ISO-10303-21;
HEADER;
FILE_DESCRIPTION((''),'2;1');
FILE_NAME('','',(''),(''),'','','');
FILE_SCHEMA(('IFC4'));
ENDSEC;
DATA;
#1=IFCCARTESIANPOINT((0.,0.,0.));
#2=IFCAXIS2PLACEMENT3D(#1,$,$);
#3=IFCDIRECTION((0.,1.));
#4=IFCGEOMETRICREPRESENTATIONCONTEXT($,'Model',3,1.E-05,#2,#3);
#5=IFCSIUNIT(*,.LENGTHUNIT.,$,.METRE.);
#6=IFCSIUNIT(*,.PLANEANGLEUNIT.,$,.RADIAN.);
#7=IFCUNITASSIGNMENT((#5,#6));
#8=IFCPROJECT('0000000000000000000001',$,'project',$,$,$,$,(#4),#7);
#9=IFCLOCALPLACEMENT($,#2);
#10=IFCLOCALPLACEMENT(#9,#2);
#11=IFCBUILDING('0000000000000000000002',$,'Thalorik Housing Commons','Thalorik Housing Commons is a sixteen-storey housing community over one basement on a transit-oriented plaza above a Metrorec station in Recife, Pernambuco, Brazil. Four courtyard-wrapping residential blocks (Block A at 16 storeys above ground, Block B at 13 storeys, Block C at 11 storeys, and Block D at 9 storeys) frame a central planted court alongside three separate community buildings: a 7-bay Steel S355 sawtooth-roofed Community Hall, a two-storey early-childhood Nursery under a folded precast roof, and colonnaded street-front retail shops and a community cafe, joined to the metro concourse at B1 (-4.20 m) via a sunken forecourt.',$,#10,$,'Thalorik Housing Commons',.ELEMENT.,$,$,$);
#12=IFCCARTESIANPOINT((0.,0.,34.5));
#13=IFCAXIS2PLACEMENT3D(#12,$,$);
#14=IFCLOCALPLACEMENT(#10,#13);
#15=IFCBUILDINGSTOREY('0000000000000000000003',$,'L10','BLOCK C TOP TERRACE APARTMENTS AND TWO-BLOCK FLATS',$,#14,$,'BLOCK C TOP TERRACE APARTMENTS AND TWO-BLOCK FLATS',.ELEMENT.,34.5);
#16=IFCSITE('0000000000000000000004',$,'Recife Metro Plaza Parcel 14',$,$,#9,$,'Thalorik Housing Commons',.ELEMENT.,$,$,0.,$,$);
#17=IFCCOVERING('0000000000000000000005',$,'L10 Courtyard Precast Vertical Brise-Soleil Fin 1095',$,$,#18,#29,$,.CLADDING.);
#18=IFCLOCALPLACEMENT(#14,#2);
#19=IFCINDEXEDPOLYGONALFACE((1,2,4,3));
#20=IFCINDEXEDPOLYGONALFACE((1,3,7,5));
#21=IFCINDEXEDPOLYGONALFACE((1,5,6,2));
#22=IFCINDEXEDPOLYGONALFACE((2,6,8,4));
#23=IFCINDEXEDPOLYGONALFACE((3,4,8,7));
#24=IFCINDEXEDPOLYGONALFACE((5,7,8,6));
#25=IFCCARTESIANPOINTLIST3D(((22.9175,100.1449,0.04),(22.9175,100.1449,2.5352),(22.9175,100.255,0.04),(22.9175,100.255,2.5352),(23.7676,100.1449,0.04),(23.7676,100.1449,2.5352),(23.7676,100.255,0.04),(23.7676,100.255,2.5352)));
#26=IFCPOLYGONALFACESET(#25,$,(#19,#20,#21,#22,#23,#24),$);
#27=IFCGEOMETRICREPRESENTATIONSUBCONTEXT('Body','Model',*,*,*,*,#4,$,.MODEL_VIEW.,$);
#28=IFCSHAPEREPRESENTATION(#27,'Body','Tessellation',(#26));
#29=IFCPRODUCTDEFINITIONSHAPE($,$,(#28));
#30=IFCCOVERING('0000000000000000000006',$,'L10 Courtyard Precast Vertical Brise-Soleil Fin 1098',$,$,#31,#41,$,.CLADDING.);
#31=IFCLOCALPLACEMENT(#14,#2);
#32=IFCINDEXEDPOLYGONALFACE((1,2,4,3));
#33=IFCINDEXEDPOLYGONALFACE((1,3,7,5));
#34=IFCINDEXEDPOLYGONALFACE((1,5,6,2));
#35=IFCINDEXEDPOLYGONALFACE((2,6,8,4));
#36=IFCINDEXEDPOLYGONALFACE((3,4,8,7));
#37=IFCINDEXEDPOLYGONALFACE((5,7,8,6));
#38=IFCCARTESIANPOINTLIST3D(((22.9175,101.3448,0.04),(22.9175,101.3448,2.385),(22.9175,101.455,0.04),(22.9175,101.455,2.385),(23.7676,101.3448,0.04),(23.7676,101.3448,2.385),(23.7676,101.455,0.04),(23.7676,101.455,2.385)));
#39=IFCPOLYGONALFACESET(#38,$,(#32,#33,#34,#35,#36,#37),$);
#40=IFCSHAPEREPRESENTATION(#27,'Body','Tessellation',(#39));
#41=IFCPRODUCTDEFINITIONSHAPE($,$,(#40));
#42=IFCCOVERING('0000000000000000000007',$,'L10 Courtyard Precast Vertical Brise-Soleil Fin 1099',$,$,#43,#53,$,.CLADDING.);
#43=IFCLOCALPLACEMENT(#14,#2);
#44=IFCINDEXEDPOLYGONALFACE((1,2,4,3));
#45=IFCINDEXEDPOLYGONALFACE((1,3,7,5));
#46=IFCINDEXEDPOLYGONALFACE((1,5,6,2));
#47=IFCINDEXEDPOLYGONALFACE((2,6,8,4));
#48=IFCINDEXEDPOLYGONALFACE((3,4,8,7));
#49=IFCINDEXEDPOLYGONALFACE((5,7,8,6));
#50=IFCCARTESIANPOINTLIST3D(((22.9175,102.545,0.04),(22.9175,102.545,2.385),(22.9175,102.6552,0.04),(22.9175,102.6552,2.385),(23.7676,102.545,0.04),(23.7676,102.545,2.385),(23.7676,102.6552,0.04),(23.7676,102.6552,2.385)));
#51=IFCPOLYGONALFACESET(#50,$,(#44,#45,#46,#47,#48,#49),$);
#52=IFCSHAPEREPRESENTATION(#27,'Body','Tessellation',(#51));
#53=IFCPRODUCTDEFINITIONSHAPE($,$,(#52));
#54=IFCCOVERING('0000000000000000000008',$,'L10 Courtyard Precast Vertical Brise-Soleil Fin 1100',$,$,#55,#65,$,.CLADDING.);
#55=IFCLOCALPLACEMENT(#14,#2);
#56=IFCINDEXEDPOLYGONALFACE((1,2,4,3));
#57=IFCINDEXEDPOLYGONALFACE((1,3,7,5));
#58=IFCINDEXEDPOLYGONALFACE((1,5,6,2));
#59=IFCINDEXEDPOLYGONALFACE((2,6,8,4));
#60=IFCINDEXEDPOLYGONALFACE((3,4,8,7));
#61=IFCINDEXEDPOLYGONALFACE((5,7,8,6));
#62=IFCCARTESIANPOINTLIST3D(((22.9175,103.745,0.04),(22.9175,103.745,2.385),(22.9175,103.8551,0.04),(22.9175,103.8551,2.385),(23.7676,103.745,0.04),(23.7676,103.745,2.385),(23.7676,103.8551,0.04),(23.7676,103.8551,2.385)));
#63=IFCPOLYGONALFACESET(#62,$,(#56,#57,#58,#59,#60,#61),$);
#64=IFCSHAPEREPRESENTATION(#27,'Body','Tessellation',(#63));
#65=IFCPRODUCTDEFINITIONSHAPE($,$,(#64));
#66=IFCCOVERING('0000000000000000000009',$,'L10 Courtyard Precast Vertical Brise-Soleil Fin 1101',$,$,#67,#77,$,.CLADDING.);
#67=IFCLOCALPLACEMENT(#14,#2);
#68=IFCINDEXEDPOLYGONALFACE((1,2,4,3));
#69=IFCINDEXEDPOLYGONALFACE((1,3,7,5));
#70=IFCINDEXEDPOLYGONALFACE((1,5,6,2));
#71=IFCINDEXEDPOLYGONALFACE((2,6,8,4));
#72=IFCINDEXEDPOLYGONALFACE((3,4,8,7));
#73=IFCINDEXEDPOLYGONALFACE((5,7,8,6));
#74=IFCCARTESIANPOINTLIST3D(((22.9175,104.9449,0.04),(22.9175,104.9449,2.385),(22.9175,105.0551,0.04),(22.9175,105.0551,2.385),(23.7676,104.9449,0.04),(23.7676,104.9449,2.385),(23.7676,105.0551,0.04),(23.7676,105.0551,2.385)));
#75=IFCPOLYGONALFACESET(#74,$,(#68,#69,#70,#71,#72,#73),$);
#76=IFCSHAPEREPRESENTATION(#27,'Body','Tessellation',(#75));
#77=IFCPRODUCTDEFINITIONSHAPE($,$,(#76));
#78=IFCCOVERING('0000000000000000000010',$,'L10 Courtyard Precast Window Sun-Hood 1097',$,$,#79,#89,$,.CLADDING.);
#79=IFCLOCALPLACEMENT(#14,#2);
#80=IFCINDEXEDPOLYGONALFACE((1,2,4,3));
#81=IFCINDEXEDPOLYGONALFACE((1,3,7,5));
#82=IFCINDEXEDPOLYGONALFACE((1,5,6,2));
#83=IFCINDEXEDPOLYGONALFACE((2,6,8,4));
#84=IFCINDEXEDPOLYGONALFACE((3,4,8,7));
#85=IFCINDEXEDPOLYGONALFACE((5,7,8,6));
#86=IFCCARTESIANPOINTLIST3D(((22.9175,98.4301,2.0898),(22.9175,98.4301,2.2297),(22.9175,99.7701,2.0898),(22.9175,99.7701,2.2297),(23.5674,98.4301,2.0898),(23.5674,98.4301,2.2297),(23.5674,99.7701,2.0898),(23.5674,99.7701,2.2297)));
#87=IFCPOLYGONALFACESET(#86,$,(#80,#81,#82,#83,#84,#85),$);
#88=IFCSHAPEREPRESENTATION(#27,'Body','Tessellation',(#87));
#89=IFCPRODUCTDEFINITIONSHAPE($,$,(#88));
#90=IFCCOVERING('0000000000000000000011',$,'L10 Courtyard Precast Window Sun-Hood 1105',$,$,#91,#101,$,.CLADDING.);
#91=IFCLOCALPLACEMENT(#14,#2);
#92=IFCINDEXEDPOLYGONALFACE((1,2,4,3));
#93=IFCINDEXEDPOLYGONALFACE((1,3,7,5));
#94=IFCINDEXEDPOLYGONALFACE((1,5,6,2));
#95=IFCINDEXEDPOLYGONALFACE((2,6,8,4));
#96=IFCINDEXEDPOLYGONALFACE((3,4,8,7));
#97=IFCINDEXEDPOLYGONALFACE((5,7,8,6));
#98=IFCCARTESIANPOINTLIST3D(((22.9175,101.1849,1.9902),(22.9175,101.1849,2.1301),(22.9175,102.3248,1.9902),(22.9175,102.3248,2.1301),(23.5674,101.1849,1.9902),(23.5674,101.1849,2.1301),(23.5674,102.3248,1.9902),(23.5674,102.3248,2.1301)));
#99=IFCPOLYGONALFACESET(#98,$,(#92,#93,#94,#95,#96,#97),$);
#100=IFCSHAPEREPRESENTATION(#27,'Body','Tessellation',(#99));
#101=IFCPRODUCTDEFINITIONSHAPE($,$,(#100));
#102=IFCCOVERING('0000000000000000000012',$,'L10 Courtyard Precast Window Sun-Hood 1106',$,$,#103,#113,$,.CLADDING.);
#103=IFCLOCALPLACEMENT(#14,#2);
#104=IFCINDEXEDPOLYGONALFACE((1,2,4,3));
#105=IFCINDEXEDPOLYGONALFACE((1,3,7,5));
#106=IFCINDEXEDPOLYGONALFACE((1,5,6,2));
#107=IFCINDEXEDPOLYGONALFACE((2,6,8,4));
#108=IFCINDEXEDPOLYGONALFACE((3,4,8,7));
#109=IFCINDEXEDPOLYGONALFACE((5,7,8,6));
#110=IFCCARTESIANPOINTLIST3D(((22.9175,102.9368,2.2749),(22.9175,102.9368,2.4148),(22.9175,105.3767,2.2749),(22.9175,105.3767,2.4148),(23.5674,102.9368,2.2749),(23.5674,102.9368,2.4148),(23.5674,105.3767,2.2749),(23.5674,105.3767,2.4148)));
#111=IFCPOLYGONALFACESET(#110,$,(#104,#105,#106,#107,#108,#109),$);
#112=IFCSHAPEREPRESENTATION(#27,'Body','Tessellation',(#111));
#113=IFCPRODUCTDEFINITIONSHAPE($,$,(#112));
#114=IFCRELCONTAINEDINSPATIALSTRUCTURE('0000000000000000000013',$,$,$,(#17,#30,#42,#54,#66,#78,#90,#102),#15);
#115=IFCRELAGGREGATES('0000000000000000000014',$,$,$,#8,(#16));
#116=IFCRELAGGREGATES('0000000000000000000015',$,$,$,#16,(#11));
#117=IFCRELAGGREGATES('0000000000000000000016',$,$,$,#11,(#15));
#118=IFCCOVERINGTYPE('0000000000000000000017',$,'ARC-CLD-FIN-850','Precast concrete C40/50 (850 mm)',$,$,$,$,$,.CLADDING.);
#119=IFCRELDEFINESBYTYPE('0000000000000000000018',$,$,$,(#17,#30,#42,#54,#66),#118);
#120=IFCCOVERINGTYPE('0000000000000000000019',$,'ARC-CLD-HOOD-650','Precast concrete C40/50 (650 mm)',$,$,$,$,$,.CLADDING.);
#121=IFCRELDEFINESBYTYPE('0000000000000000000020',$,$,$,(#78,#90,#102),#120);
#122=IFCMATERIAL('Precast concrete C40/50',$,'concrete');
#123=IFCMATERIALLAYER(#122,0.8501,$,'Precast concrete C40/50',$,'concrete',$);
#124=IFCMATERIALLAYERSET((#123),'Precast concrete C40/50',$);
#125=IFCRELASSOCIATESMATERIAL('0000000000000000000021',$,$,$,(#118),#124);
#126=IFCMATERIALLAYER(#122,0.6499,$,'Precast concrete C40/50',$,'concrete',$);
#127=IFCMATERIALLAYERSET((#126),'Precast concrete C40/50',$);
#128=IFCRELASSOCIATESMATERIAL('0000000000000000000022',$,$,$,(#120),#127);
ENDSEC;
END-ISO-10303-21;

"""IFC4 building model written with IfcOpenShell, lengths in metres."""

from ifc_helpers import new_model, si_unit, direction, frame, origin, origin_2d, place, context, subcontext, project, spatial, rectangle, extrude, material, layer, layer_set, type_object, element, save


model = new_model("IFC4")

# Units and contexts
model_context = context("Model", 3, precision=1e-05, world=origin(), true_north=direction((0.0, 1.0)))
body_context = subcontext(model_context, "Body", "Model", "MODEL_VIEW")
ifc_project = project(units=[si_unit("LENGTHUNIT", "METRE"), si_unit("PLANEANGLEUNIT", "RADIAN")], contexts=[model_context])

# Site, building, storey
site_placement = place(None, origin())
site = spatial("IfcSite", under=ifc_project, at=site_placement, Name="Recife Metro Plaza Parcel 14", LongName="Thalorik Housing Commons", CompositionType="ELEMENT", RefElevation=0.0)
building_placement = place(site_placement, origin())
building = spatial("IfcBuilding", under=site, at=building_placement, Name="Thalorik Housing Commons", Description="Thalorik Housing Commons is a sixteen-storey housing community over one basement on a transit-oriented plaza above a Metrorec station in Recife, Pernambuco, Brazil. Four courtyard-wrapping residential blocks (Block A at 16 storeys above ground, Block B at 13 storeys, Block C at 11 storeys, and Block D at 9 storeys) frame a central planted court alongside three separate community buildings: a 7-bay Steel S355 sawtooth-roofed Community Hall, a two-storey early-childhood Nursery under a folded precast roof, and colonnaded street-front retail shops and a community cafe, joined to the metro concourse at B1 (-4.20 m) via a sunken forecourt.", LongName="Thalorik Housing Commons", CompositionType="ELEMENT")
storey_placement = place(building_placement, frame((0.0, 0.0, 34.5)))
storey = spatial("IfcBuildingStorey", under=building, at=storey_placement, Name="L10", Description="BLOCK C TOP TERRACE APARTMENTS AND TWO-BLOCK FLATS", LongName="BLOCK C TOP TERRACE APARTMENTS AND TWO-BLOCK FLATS", CompositionType="ELEMENT", Elevation=34.5)

# Shared definitions
ifc_material_1 = material(Name="Precast concrete C40/50", Category="concrete")

# Coverings
ifc_layer_1 = layer(ifc_material_1, 0.8501, Name="Precast concrete C40/50", Category="concrete")
ifc_layer_set_1 = layer_set([ifc_layer_1], Name="Precast concrete C40/50")
covering_type_1 = type_object("IfcCoveringType", Name="ARC-CLD-FIN-850", Description="Precast concrete C40/50 (850 mm)", PredefinedType="CLADDING", material=ifc_layer_set_1)
for number, where, z_axis, x_axis, name in (
    (1, (23.3425, 100.2, 0.04), (0.0, 0.0, 1.0), (0.0, 1.0, 0.0), "L10 Courtyard Precast Vertical Brise-Soleil Fin 1095"),
):
    element("IfcCovering", number, at=place(storey_placement, frame(where, z_axis=z_axis, x_axis=x_axis)), inside=storey, type_object=covering_type_1, Name=name, PredefinedType="CLADDING", context=body_context, shape_type="SweptSolid", body=[
        extrude(rectangle(XDim=0.1101, YDim=0.8501, at=origin_2d()), origin(), (0.0, 0.0, 1.0), 2.4951),
    ])
for number, where, z_axis, x_axis, name in (
    (2, (23.3425, 101.3999, 0.04), (0.0, 0.0, 1.0), (0.0, 1.0, 0.0), "L10 Courtyard Precast Vertical Brise-Soleil Fin 1098"),
    (3, (23.3425, 102.6001, 0.04), (0.0, 0.0, 1.0), (0.0, 1.0, 0.0), "L10 Courtyard Precast Vertical Brise-Soleil Fin 1099"),
    (4, (23.3425, 103.8, 0.04), (0.0, 0.0, 1.0), (0.0, 1.0, 0.0), "L10 Courtyard Precast Vertical Brise-Soleil Fin 1100"),
    (5, (23.3425, 105.0, 0.04), (0.0, 0.0, 1.0), (0.0, 1.0, 0.0), "L10 Courtyard Precast Vertical Brise-Soleil Fin 1101"),
):
    element("IfcCovering", number, at=place(storey_placement, frame(where, z_axis=z_axis, x_axis=x_axis)), inside=storey, type_object=covering_type_1, Name=name, PredefinedType="CLADDING", context=body_context, shape_type="SweptSolid", body=[
        extrude(rectangle(XDim=0.1101, YDim=0.8501, at=origin_2d()), origin(), (0.0, 0.0, 1.0), 2.345),
    ])
ifc_layer_2 = layer(ifc_material_1, 0.6499, Name="Precast concrete C40/50", Category="concrete")
ifc_layer_set_2 = layer_set([ifc_layer_2], Name="Precast concrete C40/50")
covering_type_2 = type_object("IfcCoveringType", Name="ARC-CLD-HOOD-650", Description="Precast concrete C40/50 (650 mm)", PredefinedType="CLADDING", material=ifc_layer_set_2)
covering_1_placement = place(storey_placement, frame((23.2424, 99.1001, 2.0898), z_axis=(0.0, 0.0, 1.0), x_axis=(0.0, 1.0, 0.0)))
element("IfcCovering", 6, at=covering_1_placement, inside=storey, type_object=covering_type_2, Name="L10 Courtyard Precast Window Sun-Hood 1097", PredefinedType="CLADDING", context=body_context, shape_type="SweptSolid", body=[
    extrude(rectangle(XDim=1.3401, YDim=0.6499, at=origin_2d()), origin(), (0.0, 0.0, 1.0), 0.1399),
])
covering_2_placement = place(storey_placement, frame((23.2424, 101.7549, 1.9902), z_axis=(0.0, 0.0, 1.0), x_axis=(0.0, 1.0, 0.0)))
element("IfcCovering", 7, at=covering_2_placement, inside=storey, type_object=covering_type_2, Name="L10 Courtyard Precast Window Sun-Hood 1105", PredefinedType="CLADDING", context=body_context, shape_type="SweptSolid", body=[
    extrude(rectangle(XDim=1.1399, YDim=0.6499, at=origin_2d()), origin(), (0.0, 0.0, 1.0), 0.1399),
])
covering_3_placement = place(storey_placement, frame((23.2424, 104.1567, 2.2749), z_axis=(0.0, 0.0, 1.0), x_axis=(0.0, 1.0, 0.0)))
element("IfcCovering", 8, at=covering_3_placement, inside=storey, type_object=covering_type_2, Name="L10 Courtyard Precast Window Sun-Hood 1106", PredefinedType="CLADDING", context=body_context, shape_type="SweptSolid", body=[
    extrude(rectangle(XDim=2.4399, YDim=0.6499, at=origin_2d()), origin(), (0.0, 0.0, 1.0), 0.1399),
])

save(model, "model.ifc")
